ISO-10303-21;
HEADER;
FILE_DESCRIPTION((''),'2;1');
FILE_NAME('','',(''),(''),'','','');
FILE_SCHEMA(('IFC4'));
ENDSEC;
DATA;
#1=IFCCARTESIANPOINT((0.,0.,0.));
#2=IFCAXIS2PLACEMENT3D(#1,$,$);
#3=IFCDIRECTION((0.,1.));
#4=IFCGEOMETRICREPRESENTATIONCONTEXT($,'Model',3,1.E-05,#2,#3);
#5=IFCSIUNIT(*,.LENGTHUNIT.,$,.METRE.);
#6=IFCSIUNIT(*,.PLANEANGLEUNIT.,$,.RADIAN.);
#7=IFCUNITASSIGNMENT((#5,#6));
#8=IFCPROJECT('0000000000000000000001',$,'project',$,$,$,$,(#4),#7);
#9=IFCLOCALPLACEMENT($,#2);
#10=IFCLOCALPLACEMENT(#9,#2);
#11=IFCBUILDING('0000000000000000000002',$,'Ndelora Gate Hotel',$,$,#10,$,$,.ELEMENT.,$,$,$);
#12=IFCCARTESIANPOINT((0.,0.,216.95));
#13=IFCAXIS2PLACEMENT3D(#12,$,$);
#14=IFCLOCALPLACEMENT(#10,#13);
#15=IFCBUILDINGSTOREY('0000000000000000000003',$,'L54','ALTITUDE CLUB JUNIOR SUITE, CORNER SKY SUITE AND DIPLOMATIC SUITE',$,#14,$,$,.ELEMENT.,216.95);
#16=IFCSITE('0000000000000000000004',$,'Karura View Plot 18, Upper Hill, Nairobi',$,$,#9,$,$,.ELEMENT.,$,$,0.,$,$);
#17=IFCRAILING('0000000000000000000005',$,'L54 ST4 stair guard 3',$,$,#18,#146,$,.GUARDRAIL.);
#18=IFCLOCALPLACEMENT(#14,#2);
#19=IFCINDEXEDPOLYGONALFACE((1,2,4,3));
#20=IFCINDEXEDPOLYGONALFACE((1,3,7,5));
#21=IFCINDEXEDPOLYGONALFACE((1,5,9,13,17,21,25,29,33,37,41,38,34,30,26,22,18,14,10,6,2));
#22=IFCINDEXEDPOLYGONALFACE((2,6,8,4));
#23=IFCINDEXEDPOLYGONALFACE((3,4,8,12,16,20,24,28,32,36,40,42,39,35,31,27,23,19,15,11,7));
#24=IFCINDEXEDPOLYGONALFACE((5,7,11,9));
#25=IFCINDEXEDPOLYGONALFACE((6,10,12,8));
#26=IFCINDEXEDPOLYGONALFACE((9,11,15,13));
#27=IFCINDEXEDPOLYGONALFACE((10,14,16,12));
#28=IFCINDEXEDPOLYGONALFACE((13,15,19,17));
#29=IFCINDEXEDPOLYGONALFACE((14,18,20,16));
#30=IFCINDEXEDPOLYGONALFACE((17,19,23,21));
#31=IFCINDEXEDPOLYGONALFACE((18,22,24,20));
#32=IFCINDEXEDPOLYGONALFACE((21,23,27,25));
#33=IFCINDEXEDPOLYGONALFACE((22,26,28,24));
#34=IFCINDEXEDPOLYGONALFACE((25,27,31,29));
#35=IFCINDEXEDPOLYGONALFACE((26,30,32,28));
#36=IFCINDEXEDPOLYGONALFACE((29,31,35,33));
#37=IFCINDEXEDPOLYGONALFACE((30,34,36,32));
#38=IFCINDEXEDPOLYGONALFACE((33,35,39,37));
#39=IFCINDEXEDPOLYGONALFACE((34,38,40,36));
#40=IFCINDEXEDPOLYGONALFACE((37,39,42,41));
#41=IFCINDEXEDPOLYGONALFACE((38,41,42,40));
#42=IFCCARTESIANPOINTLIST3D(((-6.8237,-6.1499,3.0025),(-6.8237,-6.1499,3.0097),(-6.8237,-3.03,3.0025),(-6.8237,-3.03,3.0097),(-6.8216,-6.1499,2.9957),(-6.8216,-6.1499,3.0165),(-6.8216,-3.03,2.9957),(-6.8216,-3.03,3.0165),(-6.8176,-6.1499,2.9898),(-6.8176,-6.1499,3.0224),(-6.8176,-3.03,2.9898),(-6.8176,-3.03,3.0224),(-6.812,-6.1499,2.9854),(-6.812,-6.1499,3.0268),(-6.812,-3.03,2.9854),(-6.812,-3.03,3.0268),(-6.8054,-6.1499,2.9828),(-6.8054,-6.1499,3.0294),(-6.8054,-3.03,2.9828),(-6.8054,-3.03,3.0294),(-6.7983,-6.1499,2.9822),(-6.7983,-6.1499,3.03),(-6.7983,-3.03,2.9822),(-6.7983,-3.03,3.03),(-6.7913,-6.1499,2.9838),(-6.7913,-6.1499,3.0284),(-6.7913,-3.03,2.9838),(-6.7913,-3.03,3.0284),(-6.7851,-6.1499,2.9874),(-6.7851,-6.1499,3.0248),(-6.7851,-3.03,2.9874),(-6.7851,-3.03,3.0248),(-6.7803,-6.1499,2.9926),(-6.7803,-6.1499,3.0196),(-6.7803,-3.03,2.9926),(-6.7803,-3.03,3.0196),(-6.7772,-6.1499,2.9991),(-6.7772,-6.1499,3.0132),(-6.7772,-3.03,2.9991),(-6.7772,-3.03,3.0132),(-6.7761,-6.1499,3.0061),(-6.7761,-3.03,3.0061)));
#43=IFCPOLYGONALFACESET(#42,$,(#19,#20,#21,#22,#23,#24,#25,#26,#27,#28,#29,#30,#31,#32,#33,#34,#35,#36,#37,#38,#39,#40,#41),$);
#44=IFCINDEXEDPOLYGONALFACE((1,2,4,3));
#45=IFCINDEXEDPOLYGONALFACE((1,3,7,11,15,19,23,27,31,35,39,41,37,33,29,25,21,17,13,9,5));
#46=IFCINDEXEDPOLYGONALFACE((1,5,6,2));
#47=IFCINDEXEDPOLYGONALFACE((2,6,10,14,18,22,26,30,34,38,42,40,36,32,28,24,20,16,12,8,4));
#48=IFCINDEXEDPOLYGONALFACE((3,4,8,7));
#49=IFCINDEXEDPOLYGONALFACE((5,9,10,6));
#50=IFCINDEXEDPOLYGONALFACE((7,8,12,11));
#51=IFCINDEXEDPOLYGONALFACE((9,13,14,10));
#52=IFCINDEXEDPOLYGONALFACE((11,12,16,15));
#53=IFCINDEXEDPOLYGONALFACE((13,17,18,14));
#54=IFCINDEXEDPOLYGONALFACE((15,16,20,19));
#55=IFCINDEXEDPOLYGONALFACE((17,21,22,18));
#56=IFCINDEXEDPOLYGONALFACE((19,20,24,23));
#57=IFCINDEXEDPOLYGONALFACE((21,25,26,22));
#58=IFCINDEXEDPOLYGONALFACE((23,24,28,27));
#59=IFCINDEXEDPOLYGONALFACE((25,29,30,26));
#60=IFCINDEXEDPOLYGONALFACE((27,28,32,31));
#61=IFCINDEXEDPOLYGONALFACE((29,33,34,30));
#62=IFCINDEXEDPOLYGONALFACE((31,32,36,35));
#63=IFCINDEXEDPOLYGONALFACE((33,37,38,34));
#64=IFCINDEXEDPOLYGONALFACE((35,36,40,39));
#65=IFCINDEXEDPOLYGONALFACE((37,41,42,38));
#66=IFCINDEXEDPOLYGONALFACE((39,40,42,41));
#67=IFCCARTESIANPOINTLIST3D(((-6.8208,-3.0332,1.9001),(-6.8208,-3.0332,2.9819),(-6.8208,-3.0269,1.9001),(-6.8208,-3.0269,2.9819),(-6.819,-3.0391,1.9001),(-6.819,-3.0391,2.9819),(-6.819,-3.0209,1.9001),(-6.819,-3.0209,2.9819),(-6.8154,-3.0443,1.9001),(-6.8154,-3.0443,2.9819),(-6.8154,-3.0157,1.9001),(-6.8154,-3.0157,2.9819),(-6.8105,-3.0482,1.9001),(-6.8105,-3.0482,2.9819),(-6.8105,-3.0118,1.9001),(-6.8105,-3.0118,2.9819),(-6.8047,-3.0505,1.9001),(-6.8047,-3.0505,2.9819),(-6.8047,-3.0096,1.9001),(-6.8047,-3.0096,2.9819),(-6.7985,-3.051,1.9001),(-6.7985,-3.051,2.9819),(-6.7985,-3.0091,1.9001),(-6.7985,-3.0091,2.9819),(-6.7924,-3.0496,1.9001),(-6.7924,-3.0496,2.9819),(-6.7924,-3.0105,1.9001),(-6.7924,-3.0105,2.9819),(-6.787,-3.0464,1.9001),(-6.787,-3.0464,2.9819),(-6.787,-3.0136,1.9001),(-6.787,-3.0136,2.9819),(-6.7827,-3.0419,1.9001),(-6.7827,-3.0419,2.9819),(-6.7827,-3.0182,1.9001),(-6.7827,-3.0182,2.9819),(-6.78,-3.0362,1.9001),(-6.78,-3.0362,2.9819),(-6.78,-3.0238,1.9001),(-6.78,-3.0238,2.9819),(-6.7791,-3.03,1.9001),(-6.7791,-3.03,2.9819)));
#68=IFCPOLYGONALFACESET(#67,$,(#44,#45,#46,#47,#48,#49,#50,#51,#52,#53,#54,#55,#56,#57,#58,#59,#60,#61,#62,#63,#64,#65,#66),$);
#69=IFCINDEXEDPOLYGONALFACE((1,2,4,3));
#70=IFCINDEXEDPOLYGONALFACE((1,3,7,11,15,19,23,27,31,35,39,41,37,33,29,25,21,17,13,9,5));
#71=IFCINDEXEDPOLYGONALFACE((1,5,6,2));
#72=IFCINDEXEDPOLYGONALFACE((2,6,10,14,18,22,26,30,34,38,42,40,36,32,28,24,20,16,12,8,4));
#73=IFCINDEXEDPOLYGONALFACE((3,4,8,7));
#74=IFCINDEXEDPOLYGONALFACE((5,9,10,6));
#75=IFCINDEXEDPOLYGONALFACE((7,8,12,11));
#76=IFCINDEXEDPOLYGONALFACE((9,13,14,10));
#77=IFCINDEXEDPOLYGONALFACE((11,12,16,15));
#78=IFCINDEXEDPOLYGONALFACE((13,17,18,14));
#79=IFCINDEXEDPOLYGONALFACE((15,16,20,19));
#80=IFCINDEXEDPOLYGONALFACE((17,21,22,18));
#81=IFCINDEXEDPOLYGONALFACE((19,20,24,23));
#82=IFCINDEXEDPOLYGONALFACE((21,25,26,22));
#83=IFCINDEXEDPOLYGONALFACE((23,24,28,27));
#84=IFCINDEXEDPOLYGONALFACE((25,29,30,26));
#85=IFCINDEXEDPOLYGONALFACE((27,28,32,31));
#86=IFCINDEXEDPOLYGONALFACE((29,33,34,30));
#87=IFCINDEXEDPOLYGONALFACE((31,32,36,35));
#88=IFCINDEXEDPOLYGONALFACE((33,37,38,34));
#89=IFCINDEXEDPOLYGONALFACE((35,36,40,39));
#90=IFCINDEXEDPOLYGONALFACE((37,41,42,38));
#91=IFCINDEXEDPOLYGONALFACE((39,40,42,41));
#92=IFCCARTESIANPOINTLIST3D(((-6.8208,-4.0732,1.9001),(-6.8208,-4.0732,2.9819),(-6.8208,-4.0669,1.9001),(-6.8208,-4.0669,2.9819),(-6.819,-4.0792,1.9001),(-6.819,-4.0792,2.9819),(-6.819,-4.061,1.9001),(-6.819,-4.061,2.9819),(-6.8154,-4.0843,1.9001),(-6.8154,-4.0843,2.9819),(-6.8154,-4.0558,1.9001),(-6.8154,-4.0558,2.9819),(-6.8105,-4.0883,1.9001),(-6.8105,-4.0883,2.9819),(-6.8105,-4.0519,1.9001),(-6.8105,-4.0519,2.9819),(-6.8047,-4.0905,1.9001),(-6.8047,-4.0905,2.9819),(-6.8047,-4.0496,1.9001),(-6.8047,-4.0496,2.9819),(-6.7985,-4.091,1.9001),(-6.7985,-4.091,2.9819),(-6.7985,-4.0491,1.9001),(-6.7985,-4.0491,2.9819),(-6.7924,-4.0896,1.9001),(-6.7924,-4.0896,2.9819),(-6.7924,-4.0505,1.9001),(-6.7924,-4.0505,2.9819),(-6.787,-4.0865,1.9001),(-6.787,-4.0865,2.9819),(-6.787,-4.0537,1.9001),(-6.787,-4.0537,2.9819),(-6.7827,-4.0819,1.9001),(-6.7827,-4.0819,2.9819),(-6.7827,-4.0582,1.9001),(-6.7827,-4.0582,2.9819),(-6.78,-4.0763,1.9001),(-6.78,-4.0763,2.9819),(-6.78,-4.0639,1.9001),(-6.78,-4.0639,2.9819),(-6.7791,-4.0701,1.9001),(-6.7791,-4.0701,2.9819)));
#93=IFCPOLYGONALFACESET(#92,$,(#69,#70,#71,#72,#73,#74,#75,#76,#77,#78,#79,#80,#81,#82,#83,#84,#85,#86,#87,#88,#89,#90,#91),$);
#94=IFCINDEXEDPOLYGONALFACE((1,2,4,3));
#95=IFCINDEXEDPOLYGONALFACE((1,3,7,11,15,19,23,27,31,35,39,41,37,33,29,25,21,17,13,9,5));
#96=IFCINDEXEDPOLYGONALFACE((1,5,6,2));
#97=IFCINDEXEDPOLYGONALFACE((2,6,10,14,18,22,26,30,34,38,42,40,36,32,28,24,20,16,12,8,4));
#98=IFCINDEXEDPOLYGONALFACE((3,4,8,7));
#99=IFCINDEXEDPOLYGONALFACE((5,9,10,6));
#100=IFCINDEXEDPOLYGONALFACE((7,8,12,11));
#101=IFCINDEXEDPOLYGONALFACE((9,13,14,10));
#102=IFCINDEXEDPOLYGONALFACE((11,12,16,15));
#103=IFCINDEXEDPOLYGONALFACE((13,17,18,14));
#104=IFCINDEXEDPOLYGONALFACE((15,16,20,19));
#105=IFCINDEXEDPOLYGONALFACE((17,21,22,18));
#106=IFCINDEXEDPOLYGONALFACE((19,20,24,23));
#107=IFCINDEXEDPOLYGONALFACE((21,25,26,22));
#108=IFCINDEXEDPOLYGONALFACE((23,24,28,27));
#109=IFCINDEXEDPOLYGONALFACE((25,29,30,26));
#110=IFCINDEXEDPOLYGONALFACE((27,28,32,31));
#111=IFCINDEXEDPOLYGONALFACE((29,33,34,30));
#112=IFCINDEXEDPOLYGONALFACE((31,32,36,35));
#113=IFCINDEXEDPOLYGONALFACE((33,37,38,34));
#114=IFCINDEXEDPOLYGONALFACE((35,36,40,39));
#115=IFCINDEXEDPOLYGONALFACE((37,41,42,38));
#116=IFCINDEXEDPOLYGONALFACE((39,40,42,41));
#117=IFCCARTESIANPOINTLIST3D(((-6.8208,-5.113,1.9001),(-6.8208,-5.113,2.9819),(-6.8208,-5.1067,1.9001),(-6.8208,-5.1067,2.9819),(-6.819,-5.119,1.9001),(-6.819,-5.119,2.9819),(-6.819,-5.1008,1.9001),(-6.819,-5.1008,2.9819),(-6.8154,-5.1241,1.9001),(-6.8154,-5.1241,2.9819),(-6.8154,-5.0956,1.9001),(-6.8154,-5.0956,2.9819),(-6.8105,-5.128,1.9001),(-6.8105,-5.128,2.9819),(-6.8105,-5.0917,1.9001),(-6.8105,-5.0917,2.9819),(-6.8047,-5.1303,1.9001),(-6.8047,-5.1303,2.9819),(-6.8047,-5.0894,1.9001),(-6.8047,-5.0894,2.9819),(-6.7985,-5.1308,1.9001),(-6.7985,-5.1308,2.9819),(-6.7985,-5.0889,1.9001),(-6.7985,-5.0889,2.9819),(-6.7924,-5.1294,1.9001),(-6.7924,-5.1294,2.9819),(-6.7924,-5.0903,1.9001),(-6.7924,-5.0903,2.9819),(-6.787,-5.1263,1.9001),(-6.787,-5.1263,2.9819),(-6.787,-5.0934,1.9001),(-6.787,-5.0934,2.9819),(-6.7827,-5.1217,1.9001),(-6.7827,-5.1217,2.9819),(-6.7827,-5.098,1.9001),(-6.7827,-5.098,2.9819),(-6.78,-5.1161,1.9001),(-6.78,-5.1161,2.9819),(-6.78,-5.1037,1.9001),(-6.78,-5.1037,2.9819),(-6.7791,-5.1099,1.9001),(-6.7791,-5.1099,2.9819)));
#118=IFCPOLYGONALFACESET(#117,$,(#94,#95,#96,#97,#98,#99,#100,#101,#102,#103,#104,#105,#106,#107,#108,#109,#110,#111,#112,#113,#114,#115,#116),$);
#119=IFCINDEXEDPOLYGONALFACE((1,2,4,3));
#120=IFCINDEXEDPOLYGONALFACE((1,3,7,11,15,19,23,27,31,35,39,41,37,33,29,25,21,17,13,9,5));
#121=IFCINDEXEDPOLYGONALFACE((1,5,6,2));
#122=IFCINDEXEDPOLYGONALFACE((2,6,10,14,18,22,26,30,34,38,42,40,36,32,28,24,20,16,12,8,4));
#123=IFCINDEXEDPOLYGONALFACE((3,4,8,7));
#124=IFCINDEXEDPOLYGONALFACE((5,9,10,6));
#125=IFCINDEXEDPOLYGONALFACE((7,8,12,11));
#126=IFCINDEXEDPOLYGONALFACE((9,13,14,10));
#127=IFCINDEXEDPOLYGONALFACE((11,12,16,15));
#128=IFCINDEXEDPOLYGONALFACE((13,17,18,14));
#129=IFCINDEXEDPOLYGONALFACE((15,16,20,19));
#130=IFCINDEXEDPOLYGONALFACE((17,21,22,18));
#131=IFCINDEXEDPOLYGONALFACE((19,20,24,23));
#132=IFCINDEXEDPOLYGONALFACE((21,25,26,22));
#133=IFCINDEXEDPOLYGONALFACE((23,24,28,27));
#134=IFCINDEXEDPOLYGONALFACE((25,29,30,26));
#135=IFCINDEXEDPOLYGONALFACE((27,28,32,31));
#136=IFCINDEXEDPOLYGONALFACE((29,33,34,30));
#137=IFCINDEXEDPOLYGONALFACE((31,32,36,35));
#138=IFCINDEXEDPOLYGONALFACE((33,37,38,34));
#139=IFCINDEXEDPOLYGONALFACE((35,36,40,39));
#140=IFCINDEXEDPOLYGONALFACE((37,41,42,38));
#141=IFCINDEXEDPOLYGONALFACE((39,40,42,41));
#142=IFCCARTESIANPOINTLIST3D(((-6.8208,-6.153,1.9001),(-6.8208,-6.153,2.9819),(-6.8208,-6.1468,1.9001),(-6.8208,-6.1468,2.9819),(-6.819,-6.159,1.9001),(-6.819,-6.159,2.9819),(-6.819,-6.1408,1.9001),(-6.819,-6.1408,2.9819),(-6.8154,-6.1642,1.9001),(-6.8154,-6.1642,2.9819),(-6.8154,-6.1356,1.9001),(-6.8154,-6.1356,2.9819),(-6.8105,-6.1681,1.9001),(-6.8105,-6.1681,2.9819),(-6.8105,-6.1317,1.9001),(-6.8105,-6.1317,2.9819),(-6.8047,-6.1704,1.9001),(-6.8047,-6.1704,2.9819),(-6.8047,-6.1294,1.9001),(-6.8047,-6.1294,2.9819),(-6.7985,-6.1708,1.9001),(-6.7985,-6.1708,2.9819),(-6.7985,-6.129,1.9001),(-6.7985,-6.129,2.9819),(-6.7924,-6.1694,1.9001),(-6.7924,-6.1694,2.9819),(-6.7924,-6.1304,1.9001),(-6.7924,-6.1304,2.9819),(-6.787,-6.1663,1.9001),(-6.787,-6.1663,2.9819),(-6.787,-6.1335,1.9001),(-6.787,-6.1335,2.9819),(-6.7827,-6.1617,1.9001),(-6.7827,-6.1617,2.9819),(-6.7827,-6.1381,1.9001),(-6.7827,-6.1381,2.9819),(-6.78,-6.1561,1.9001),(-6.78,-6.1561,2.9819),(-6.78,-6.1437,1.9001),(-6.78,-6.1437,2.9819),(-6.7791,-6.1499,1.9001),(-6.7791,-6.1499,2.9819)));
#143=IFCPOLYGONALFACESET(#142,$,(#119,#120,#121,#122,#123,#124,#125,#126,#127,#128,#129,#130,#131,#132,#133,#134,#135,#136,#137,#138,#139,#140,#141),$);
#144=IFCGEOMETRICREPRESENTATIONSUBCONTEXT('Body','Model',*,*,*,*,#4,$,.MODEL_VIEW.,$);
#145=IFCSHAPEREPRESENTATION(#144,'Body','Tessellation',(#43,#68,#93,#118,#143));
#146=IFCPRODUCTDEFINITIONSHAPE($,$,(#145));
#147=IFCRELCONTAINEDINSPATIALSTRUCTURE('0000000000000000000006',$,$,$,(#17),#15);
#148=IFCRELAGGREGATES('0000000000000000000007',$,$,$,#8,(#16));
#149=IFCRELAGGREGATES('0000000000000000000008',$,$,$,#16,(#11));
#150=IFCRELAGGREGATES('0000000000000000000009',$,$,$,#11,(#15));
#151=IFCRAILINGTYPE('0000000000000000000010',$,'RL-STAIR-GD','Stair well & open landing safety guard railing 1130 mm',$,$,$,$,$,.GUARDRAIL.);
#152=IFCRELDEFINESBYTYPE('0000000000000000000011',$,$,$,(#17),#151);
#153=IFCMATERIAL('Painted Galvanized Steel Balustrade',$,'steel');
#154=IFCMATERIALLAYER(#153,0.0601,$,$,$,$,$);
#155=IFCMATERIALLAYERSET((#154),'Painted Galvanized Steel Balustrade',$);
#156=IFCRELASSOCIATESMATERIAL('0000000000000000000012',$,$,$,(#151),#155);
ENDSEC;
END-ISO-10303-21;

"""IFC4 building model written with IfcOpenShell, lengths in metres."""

from ifc_helpers import new_model, si_unit, direction, frame, origin, origin_2d, place, context, subcontext, project, spatial, circle, extrude, material, layer, layer_set, type_object, element, save


model = new_model("IFC4")

# Units and contexts
model_context = context("Model", 3, precision=1e-05, world=origin(), true_north=direction((0.0, 1.0)))
body_context = subcontext(model_context, "Body", "Model", "MODEL_VIEW")
ifc_project = project(units=[si_unit("LENGTHUNIT", "METRE"), si_unit("PLANEANGLEUNIT", "RADIAN")], contexts=[model_context])

# Site, building, storey
site_placement = place(None, origin())
site = spatial("IfcSite", under=ifc_project, at=site_placement, Name="Karura View Plot 18, Upper Hill, Nairobi", CompositionType="ELEMENT", RefElevation=0.0)
building_placement = place(site_placement, origin())
building = spatial("IfcBuilding", under=site, at=building_placement, Name="Ndelora Gate Hotel", CompositionType="ELEMENT")
storey_placement = place(building_placement, frame((0.0, 0.0, 216.95)))
storey = spatial("IfcBuildingStorey", under=building, at=storey_placement, Name="L54", Description="ALTITUDE CLUB JUNIOR SUITE, CORNER SKY SUITE AND DIPLOMATIC SUITE", CompositionType="ELEMENT", Elevation=216.95)

# Railing
ifc_material_1 = material(Name="Painted Galvanized Steel Balustrade", Category="steel")
ifc_layer_1 = layer(ifc_material_1, 0.0601)
ifc_layer_set_1 = layer_set([ifc_layer_1], Name="Painted Galvanized Steel Balustrade")
railing_type_1 = type_object("IfcRailingType", Name="RL-STAIR-GD", Description="Stair well & open landing safety guard railing 1130 mm", PredefinedType="GUARDRAIL", material=ifc_layer_set_1)
for number, where, name in (
    (1, (-6.8, -3.03, 1.9001), "L54 ST4 stair guard 3"),
):
    element("IfcRailing", number, at=place(storey_placement, frame(where)), inside=storey, type_object=railing_type_1, Name=name, PredefinedType="GUARDRAIL", context=body_context, shape_type="SweptSolid", body=[
        extrude(circle(Radius=0.0239, at=origin_2d()), frame((0.0, 0.0, 1.106), z_axis=(0.0, -1.0, 0.0), x_axis=(1.0, 0.0, 0.0)), (0.0, 0.0, 1.0), 3.1199),
        extrude(circle(Radius=0.021, at=origin_2d()), origin(), (0.0, 0.0, 1.0), 1.0818),
        extrude(circle(Radius=0.021, at=origin_2d()), frame((0.0, -1.04, 0.0)), (0.0, 0.0, 1.0), 1.0818),
        extrude(circle(Radius=0.021, at=origin_2d()), frame((0.0, -2.0798, 0.0)), (0.0, 0.0, 1.0), 1.0818),
        extrude(circle(Radius=0.021, at=origin_2d()), frame((0.0, -3.1199, 0.0)), (0.0, 0.0, 1.0), 1.0818),
    ])

save(model, "model.ifc")
